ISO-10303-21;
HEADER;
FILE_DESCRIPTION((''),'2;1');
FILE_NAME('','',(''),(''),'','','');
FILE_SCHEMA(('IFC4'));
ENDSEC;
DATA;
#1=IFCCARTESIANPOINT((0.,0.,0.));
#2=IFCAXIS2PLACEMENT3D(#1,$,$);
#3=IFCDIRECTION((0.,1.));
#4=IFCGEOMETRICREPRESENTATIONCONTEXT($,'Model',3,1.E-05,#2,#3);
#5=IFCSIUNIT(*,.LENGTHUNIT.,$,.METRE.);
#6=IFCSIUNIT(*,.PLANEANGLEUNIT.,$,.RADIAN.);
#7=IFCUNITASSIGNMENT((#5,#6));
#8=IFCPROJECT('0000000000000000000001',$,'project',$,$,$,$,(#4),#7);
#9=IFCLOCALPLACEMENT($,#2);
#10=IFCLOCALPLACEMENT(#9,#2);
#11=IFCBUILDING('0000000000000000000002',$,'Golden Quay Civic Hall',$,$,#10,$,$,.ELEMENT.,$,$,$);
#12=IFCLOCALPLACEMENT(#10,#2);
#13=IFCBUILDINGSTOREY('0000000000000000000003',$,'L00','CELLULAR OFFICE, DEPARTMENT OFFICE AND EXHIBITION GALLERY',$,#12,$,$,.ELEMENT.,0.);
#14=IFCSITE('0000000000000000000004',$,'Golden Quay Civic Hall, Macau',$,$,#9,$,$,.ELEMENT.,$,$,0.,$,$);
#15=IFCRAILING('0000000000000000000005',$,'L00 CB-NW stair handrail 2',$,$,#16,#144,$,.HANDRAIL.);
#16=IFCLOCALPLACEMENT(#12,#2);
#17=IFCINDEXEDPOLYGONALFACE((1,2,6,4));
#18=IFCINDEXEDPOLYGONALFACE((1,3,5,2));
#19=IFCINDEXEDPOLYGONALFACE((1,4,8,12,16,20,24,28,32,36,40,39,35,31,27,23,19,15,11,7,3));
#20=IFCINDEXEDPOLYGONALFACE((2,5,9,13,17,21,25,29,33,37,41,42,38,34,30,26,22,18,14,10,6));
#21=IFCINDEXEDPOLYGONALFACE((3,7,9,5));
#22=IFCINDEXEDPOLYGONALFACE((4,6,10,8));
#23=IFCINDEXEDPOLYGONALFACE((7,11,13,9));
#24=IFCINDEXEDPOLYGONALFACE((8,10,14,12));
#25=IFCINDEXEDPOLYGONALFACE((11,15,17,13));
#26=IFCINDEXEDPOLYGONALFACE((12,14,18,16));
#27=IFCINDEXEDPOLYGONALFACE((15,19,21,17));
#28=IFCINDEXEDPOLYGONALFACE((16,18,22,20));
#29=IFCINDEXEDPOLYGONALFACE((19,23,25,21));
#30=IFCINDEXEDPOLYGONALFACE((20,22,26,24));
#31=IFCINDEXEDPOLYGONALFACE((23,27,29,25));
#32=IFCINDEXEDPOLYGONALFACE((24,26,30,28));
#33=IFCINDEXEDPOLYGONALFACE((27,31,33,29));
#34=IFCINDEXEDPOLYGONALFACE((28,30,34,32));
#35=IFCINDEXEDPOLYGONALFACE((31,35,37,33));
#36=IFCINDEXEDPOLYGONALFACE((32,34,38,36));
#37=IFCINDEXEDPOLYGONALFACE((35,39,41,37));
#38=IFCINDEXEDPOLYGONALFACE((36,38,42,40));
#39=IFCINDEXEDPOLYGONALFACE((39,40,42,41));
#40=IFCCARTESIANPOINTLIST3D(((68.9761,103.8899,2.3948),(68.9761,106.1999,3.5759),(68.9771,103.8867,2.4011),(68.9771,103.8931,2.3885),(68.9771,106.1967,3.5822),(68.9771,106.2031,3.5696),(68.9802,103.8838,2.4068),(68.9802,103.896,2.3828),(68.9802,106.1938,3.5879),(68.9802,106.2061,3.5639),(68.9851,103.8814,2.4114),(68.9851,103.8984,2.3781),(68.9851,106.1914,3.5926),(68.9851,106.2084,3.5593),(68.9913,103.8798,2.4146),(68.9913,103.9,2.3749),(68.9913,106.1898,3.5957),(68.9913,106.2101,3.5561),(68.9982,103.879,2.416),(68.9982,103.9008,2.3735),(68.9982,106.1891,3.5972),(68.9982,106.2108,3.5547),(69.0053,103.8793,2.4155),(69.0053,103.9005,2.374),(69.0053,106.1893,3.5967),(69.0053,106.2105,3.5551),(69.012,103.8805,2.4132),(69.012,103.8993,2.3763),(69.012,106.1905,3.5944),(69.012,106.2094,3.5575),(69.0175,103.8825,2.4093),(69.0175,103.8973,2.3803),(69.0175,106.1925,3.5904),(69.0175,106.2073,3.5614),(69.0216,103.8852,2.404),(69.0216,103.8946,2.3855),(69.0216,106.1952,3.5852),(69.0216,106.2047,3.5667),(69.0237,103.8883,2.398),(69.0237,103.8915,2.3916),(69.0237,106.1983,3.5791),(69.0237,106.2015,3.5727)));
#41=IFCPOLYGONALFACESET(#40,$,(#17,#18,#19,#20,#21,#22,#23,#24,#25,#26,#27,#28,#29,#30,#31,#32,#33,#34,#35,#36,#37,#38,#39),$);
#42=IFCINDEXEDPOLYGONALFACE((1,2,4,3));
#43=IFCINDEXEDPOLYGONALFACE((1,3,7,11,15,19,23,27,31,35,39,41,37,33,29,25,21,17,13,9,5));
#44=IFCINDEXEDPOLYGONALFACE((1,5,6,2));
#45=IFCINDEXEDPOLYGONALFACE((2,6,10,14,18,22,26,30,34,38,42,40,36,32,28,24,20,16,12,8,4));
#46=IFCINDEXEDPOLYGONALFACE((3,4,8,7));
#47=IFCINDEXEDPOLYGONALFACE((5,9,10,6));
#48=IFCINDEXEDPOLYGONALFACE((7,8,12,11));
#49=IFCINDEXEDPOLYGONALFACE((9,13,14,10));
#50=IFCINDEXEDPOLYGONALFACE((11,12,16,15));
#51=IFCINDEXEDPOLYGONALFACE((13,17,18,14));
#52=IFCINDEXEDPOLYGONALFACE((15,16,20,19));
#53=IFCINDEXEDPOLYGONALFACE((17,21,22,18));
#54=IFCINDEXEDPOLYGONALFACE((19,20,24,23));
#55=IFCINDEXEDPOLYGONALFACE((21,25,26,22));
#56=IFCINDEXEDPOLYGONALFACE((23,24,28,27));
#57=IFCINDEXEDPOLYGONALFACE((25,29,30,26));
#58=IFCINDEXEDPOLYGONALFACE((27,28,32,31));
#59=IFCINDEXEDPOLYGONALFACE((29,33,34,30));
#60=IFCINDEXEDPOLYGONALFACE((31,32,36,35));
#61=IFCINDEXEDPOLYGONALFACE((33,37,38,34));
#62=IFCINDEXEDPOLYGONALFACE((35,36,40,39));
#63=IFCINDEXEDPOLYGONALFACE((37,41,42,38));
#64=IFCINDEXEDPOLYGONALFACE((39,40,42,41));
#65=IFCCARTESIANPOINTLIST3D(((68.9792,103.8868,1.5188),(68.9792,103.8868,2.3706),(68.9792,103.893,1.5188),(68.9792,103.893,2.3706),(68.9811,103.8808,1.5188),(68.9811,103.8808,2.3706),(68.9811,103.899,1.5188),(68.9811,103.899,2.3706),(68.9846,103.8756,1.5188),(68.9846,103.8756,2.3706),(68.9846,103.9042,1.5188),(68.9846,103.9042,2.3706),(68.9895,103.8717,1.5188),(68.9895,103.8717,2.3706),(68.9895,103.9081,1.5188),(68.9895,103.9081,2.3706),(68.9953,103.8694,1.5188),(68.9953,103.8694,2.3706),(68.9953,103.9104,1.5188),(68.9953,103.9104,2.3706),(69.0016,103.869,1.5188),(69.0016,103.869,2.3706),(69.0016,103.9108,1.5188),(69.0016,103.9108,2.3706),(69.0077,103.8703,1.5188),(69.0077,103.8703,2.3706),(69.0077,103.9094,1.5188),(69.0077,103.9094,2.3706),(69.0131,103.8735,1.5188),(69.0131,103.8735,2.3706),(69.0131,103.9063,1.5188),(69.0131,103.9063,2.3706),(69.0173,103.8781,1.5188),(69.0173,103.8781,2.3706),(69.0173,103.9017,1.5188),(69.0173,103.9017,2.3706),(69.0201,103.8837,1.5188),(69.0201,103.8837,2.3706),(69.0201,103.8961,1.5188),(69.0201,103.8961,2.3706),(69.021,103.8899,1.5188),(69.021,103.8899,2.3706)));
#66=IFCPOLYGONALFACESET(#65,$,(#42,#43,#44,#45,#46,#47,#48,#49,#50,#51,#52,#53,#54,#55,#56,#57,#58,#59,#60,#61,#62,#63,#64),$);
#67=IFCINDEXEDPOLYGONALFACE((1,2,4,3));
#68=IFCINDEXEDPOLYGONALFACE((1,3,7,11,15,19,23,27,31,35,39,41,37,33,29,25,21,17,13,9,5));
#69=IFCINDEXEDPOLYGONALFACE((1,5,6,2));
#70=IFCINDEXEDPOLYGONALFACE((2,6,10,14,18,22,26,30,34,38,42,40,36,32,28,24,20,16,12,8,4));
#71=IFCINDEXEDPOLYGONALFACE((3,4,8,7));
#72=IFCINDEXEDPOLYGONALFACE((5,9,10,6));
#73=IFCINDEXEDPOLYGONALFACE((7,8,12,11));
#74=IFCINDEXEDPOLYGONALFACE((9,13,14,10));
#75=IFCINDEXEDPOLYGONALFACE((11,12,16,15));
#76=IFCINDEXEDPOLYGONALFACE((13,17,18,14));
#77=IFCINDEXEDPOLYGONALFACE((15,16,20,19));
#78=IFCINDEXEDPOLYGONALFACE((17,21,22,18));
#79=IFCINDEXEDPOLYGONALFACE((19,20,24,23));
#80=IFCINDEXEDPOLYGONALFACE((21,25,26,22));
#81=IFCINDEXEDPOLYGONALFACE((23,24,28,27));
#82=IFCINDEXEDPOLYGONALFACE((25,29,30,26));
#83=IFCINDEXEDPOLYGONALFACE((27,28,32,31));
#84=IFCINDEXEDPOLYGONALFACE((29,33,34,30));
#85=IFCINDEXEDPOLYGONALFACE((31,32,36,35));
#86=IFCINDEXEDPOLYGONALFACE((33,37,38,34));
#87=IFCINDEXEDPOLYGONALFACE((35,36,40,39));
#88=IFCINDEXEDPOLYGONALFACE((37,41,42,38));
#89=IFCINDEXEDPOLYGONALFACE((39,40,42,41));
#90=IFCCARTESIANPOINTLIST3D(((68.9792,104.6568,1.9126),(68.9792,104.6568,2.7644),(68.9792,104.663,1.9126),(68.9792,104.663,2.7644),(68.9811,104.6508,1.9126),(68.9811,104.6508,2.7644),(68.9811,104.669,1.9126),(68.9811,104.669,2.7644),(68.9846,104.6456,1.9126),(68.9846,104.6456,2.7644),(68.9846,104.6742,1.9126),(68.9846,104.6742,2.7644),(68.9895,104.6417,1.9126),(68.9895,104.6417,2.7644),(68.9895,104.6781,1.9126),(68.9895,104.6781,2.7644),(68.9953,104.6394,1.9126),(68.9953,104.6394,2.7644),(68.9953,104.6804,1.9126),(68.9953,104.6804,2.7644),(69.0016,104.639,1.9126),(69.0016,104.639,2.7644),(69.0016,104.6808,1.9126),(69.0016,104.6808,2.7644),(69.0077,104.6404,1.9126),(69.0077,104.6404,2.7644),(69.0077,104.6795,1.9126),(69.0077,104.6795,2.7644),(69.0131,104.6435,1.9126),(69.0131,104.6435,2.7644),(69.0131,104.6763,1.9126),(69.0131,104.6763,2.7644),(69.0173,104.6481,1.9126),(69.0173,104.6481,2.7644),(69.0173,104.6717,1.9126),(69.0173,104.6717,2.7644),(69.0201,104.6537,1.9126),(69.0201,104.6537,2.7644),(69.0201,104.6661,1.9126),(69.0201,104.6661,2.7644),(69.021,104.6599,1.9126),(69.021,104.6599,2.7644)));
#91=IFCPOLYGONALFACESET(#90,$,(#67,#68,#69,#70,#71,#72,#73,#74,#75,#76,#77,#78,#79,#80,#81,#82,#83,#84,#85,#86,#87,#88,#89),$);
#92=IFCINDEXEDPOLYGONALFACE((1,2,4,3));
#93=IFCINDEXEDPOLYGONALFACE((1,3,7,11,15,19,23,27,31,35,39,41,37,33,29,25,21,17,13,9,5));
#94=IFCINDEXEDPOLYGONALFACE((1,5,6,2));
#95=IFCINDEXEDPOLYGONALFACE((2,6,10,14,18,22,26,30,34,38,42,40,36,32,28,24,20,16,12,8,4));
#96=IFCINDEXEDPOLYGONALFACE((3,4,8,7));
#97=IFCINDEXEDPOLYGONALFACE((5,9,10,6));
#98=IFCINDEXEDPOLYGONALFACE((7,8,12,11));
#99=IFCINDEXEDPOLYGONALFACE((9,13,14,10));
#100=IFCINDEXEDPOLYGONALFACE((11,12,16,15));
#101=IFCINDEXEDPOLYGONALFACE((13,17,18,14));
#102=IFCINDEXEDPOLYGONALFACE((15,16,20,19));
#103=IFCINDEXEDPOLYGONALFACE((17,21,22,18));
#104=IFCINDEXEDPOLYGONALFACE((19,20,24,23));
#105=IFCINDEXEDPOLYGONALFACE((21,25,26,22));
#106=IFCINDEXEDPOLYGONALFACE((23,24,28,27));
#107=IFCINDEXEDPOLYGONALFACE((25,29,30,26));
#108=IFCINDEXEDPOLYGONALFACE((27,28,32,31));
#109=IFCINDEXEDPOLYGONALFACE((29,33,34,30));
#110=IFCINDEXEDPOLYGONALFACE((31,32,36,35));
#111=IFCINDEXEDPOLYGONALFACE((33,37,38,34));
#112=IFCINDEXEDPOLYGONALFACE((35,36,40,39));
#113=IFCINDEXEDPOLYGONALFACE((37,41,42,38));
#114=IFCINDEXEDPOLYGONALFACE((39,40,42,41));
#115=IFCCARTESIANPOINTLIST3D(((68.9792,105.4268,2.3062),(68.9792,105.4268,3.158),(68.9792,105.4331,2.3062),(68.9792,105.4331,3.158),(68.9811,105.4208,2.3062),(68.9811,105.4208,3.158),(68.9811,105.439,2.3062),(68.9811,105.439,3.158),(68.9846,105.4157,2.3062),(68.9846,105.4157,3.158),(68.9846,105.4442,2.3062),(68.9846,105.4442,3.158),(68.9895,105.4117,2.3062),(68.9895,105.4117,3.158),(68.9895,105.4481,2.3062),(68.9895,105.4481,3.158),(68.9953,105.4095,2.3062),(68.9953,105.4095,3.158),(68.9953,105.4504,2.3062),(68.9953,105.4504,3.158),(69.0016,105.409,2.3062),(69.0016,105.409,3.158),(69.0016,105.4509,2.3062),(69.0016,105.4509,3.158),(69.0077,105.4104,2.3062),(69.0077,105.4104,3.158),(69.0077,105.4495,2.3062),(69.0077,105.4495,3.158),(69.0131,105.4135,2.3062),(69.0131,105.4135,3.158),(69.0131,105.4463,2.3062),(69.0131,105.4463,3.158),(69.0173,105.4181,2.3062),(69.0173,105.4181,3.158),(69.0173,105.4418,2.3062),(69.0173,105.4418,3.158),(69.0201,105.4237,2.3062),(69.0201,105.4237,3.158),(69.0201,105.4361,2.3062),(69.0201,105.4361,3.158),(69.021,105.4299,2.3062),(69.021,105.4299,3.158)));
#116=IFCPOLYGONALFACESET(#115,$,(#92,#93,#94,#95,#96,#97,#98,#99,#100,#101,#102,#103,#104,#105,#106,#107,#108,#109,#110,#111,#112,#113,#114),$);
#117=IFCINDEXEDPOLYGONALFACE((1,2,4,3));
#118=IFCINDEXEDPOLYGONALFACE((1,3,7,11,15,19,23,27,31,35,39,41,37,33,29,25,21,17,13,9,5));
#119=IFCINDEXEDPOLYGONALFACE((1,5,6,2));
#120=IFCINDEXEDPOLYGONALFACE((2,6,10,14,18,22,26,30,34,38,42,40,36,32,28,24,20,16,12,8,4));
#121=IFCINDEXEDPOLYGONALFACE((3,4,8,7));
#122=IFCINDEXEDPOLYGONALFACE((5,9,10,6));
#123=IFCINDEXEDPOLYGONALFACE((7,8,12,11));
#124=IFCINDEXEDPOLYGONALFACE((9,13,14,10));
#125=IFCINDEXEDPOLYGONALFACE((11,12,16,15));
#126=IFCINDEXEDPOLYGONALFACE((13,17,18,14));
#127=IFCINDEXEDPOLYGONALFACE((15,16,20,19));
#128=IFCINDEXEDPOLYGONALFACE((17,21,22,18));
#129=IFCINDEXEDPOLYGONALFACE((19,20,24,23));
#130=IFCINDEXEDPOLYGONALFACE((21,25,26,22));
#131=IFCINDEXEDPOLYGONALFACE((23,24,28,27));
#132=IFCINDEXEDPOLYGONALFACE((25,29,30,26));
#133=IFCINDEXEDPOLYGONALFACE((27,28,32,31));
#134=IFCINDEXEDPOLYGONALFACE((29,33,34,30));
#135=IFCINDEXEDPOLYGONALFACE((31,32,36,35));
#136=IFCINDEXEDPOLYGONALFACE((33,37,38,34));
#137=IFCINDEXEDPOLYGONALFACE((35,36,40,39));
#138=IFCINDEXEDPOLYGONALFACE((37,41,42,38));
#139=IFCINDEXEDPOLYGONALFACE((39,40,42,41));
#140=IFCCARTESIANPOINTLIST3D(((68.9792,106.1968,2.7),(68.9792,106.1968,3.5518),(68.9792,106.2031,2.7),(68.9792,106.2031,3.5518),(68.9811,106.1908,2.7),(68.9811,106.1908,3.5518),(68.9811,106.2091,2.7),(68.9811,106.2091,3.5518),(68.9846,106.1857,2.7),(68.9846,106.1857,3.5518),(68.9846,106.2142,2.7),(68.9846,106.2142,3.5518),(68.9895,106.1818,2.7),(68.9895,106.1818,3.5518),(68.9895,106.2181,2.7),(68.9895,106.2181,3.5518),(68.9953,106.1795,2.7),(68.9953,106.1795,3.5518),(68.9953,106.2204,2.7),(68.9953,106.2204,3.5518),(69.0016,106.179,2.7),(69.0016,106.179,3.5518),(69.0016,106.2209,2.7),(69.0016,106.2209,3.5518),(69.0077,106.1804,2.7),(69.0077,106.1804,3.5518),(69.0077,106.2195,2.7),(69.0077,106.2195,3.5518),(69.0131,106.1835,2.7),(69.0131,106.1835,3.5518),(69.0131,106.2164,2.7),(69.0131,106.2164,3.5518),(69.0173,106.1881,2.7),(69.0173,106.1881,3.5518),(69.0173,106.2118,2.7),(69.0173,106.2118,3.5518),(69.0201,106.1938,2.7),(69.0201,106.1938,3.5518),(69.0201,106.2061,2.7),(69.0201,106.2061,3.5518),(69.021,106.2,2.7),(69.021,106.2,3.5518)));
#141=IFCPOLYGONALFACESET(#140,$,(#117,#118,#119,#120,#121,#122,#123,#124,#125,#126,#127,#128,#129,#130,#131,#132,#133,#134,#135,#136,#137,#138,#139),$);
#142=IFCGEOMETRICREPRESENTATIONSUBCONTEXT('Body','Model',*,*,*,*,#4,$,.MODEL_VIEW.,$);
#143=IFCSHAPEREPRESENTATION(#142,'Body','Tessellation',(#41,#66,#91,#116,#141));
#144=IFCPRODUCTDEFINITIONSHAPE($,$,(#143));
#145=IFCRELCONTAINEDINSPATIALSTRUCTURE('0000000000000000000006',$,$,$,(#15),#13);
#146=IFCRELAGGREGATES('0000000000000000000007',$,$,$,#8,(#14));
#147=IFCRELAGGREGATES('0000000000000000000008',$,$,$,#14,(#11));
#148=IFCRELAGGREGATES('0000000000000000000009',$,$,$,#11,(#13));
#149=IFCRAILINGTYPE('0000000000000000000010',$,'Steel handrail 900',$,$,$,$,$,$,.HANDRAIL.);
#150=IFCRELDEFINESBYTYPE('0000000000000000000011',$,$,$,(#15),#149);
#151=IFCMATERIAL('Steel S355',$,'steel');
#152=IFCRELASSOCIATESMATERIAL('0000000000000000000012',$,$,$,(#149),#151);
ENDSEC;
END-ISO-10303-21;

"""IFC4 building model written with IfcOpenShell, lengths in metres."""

from ifc_helpers import new_model, si_unit, direction, frame, origin, origin_2d, place, context, subcontext, project, spatial, circle, extrude, material, type_object, element, save


model = new_model("IFC4")

# Units and contexts
model_context = context("Model", 3, precision=1e-05, world=origin(), true_north=direction((0.0, 1.0)))
body_context = subcontext(model_context, "Body", "Model", "MODEL_VIEW")
ifc_project = project(units=[si_unit("LENGTHUNIT", "METRE"), si_unit("PLANEANGLEUNIT", "RADIAN")], contexts=[model_context])

# Site, building, storey
site_placement = place(None, origin())
site = spatial("IfcSite", under=ifc_project, at=site_placement, Name="Golden Quay Civic Hall, Macau", CompositionType="ELEMENT", RefElevation=0.0)
building_placement = place(site_placement, origin())
building = spatial("IfcBuilding", under=site, at=building_placement, Name="Golden Quay Civic Hall", CompositionType="ELEMENT")
storey_placement = place(building_placement, origin())
storey = spatial("IfcBuildingStorey", under=building, at=storey_placement, Name="L00", Description="CELLULAR OFFICE, DEPARTMENT OFFICE AND EXHIBITION GALLERY", CompositionType="ELEMENT", Elevation=0.0)

# Railing
ifc_material_1 = material(Name="Steel S355", Category="steel")
railing_type_1 = type_object("IfcRailingType", Name="Steel handrail 900", PredefinedType="HANDRAIL", material=ifc_material_1)
railing_1_placement = place(storey_placement, frame((69.0, 103.8899, 1.5188)))
element("IfcRailing", 1, at=railing_1_placement, inside=storey, type_object=railing_type_1, Name="L00 CB-NW stair handrail 2", PredefinedType="HANDRAIL", context=body_context, shape_type="SweptSolid", body=[
    extrude(circle(Radius=0.0239, at=origin_2d()), frame((0.0, 0.0, 0.876), z_axis=(0.0, 0.890363, 0.45525), x_axis=(-1.0, 0.0, 0.0)), (0.0, 0.0, 1.0), 2.5945),
    extrude(circle(Radius=0.021, at=origin_2d()), origin(), (0.0, 0.0, 1.0), 0.8518),
    extrude(circle(Radius=0.021, at=origin_2d()), frame((0.0, 0.77, 0.3938)), (0.0, 0.0, 1.0), 0.8518),
    extrude(circle(Radius=0.021, at=origin_2d()), frame((0.0, 1.54, 0.7874)), (0.0, 0.0, 1.0), 0.8518),
    extrude(circle(Radius=0.021, at=origin_2d()), frame((0.0, 2.3101, 1.1812)), (0.0, 0.0, 1.0), 0.8518),
])

save(model, "model.ifc")
